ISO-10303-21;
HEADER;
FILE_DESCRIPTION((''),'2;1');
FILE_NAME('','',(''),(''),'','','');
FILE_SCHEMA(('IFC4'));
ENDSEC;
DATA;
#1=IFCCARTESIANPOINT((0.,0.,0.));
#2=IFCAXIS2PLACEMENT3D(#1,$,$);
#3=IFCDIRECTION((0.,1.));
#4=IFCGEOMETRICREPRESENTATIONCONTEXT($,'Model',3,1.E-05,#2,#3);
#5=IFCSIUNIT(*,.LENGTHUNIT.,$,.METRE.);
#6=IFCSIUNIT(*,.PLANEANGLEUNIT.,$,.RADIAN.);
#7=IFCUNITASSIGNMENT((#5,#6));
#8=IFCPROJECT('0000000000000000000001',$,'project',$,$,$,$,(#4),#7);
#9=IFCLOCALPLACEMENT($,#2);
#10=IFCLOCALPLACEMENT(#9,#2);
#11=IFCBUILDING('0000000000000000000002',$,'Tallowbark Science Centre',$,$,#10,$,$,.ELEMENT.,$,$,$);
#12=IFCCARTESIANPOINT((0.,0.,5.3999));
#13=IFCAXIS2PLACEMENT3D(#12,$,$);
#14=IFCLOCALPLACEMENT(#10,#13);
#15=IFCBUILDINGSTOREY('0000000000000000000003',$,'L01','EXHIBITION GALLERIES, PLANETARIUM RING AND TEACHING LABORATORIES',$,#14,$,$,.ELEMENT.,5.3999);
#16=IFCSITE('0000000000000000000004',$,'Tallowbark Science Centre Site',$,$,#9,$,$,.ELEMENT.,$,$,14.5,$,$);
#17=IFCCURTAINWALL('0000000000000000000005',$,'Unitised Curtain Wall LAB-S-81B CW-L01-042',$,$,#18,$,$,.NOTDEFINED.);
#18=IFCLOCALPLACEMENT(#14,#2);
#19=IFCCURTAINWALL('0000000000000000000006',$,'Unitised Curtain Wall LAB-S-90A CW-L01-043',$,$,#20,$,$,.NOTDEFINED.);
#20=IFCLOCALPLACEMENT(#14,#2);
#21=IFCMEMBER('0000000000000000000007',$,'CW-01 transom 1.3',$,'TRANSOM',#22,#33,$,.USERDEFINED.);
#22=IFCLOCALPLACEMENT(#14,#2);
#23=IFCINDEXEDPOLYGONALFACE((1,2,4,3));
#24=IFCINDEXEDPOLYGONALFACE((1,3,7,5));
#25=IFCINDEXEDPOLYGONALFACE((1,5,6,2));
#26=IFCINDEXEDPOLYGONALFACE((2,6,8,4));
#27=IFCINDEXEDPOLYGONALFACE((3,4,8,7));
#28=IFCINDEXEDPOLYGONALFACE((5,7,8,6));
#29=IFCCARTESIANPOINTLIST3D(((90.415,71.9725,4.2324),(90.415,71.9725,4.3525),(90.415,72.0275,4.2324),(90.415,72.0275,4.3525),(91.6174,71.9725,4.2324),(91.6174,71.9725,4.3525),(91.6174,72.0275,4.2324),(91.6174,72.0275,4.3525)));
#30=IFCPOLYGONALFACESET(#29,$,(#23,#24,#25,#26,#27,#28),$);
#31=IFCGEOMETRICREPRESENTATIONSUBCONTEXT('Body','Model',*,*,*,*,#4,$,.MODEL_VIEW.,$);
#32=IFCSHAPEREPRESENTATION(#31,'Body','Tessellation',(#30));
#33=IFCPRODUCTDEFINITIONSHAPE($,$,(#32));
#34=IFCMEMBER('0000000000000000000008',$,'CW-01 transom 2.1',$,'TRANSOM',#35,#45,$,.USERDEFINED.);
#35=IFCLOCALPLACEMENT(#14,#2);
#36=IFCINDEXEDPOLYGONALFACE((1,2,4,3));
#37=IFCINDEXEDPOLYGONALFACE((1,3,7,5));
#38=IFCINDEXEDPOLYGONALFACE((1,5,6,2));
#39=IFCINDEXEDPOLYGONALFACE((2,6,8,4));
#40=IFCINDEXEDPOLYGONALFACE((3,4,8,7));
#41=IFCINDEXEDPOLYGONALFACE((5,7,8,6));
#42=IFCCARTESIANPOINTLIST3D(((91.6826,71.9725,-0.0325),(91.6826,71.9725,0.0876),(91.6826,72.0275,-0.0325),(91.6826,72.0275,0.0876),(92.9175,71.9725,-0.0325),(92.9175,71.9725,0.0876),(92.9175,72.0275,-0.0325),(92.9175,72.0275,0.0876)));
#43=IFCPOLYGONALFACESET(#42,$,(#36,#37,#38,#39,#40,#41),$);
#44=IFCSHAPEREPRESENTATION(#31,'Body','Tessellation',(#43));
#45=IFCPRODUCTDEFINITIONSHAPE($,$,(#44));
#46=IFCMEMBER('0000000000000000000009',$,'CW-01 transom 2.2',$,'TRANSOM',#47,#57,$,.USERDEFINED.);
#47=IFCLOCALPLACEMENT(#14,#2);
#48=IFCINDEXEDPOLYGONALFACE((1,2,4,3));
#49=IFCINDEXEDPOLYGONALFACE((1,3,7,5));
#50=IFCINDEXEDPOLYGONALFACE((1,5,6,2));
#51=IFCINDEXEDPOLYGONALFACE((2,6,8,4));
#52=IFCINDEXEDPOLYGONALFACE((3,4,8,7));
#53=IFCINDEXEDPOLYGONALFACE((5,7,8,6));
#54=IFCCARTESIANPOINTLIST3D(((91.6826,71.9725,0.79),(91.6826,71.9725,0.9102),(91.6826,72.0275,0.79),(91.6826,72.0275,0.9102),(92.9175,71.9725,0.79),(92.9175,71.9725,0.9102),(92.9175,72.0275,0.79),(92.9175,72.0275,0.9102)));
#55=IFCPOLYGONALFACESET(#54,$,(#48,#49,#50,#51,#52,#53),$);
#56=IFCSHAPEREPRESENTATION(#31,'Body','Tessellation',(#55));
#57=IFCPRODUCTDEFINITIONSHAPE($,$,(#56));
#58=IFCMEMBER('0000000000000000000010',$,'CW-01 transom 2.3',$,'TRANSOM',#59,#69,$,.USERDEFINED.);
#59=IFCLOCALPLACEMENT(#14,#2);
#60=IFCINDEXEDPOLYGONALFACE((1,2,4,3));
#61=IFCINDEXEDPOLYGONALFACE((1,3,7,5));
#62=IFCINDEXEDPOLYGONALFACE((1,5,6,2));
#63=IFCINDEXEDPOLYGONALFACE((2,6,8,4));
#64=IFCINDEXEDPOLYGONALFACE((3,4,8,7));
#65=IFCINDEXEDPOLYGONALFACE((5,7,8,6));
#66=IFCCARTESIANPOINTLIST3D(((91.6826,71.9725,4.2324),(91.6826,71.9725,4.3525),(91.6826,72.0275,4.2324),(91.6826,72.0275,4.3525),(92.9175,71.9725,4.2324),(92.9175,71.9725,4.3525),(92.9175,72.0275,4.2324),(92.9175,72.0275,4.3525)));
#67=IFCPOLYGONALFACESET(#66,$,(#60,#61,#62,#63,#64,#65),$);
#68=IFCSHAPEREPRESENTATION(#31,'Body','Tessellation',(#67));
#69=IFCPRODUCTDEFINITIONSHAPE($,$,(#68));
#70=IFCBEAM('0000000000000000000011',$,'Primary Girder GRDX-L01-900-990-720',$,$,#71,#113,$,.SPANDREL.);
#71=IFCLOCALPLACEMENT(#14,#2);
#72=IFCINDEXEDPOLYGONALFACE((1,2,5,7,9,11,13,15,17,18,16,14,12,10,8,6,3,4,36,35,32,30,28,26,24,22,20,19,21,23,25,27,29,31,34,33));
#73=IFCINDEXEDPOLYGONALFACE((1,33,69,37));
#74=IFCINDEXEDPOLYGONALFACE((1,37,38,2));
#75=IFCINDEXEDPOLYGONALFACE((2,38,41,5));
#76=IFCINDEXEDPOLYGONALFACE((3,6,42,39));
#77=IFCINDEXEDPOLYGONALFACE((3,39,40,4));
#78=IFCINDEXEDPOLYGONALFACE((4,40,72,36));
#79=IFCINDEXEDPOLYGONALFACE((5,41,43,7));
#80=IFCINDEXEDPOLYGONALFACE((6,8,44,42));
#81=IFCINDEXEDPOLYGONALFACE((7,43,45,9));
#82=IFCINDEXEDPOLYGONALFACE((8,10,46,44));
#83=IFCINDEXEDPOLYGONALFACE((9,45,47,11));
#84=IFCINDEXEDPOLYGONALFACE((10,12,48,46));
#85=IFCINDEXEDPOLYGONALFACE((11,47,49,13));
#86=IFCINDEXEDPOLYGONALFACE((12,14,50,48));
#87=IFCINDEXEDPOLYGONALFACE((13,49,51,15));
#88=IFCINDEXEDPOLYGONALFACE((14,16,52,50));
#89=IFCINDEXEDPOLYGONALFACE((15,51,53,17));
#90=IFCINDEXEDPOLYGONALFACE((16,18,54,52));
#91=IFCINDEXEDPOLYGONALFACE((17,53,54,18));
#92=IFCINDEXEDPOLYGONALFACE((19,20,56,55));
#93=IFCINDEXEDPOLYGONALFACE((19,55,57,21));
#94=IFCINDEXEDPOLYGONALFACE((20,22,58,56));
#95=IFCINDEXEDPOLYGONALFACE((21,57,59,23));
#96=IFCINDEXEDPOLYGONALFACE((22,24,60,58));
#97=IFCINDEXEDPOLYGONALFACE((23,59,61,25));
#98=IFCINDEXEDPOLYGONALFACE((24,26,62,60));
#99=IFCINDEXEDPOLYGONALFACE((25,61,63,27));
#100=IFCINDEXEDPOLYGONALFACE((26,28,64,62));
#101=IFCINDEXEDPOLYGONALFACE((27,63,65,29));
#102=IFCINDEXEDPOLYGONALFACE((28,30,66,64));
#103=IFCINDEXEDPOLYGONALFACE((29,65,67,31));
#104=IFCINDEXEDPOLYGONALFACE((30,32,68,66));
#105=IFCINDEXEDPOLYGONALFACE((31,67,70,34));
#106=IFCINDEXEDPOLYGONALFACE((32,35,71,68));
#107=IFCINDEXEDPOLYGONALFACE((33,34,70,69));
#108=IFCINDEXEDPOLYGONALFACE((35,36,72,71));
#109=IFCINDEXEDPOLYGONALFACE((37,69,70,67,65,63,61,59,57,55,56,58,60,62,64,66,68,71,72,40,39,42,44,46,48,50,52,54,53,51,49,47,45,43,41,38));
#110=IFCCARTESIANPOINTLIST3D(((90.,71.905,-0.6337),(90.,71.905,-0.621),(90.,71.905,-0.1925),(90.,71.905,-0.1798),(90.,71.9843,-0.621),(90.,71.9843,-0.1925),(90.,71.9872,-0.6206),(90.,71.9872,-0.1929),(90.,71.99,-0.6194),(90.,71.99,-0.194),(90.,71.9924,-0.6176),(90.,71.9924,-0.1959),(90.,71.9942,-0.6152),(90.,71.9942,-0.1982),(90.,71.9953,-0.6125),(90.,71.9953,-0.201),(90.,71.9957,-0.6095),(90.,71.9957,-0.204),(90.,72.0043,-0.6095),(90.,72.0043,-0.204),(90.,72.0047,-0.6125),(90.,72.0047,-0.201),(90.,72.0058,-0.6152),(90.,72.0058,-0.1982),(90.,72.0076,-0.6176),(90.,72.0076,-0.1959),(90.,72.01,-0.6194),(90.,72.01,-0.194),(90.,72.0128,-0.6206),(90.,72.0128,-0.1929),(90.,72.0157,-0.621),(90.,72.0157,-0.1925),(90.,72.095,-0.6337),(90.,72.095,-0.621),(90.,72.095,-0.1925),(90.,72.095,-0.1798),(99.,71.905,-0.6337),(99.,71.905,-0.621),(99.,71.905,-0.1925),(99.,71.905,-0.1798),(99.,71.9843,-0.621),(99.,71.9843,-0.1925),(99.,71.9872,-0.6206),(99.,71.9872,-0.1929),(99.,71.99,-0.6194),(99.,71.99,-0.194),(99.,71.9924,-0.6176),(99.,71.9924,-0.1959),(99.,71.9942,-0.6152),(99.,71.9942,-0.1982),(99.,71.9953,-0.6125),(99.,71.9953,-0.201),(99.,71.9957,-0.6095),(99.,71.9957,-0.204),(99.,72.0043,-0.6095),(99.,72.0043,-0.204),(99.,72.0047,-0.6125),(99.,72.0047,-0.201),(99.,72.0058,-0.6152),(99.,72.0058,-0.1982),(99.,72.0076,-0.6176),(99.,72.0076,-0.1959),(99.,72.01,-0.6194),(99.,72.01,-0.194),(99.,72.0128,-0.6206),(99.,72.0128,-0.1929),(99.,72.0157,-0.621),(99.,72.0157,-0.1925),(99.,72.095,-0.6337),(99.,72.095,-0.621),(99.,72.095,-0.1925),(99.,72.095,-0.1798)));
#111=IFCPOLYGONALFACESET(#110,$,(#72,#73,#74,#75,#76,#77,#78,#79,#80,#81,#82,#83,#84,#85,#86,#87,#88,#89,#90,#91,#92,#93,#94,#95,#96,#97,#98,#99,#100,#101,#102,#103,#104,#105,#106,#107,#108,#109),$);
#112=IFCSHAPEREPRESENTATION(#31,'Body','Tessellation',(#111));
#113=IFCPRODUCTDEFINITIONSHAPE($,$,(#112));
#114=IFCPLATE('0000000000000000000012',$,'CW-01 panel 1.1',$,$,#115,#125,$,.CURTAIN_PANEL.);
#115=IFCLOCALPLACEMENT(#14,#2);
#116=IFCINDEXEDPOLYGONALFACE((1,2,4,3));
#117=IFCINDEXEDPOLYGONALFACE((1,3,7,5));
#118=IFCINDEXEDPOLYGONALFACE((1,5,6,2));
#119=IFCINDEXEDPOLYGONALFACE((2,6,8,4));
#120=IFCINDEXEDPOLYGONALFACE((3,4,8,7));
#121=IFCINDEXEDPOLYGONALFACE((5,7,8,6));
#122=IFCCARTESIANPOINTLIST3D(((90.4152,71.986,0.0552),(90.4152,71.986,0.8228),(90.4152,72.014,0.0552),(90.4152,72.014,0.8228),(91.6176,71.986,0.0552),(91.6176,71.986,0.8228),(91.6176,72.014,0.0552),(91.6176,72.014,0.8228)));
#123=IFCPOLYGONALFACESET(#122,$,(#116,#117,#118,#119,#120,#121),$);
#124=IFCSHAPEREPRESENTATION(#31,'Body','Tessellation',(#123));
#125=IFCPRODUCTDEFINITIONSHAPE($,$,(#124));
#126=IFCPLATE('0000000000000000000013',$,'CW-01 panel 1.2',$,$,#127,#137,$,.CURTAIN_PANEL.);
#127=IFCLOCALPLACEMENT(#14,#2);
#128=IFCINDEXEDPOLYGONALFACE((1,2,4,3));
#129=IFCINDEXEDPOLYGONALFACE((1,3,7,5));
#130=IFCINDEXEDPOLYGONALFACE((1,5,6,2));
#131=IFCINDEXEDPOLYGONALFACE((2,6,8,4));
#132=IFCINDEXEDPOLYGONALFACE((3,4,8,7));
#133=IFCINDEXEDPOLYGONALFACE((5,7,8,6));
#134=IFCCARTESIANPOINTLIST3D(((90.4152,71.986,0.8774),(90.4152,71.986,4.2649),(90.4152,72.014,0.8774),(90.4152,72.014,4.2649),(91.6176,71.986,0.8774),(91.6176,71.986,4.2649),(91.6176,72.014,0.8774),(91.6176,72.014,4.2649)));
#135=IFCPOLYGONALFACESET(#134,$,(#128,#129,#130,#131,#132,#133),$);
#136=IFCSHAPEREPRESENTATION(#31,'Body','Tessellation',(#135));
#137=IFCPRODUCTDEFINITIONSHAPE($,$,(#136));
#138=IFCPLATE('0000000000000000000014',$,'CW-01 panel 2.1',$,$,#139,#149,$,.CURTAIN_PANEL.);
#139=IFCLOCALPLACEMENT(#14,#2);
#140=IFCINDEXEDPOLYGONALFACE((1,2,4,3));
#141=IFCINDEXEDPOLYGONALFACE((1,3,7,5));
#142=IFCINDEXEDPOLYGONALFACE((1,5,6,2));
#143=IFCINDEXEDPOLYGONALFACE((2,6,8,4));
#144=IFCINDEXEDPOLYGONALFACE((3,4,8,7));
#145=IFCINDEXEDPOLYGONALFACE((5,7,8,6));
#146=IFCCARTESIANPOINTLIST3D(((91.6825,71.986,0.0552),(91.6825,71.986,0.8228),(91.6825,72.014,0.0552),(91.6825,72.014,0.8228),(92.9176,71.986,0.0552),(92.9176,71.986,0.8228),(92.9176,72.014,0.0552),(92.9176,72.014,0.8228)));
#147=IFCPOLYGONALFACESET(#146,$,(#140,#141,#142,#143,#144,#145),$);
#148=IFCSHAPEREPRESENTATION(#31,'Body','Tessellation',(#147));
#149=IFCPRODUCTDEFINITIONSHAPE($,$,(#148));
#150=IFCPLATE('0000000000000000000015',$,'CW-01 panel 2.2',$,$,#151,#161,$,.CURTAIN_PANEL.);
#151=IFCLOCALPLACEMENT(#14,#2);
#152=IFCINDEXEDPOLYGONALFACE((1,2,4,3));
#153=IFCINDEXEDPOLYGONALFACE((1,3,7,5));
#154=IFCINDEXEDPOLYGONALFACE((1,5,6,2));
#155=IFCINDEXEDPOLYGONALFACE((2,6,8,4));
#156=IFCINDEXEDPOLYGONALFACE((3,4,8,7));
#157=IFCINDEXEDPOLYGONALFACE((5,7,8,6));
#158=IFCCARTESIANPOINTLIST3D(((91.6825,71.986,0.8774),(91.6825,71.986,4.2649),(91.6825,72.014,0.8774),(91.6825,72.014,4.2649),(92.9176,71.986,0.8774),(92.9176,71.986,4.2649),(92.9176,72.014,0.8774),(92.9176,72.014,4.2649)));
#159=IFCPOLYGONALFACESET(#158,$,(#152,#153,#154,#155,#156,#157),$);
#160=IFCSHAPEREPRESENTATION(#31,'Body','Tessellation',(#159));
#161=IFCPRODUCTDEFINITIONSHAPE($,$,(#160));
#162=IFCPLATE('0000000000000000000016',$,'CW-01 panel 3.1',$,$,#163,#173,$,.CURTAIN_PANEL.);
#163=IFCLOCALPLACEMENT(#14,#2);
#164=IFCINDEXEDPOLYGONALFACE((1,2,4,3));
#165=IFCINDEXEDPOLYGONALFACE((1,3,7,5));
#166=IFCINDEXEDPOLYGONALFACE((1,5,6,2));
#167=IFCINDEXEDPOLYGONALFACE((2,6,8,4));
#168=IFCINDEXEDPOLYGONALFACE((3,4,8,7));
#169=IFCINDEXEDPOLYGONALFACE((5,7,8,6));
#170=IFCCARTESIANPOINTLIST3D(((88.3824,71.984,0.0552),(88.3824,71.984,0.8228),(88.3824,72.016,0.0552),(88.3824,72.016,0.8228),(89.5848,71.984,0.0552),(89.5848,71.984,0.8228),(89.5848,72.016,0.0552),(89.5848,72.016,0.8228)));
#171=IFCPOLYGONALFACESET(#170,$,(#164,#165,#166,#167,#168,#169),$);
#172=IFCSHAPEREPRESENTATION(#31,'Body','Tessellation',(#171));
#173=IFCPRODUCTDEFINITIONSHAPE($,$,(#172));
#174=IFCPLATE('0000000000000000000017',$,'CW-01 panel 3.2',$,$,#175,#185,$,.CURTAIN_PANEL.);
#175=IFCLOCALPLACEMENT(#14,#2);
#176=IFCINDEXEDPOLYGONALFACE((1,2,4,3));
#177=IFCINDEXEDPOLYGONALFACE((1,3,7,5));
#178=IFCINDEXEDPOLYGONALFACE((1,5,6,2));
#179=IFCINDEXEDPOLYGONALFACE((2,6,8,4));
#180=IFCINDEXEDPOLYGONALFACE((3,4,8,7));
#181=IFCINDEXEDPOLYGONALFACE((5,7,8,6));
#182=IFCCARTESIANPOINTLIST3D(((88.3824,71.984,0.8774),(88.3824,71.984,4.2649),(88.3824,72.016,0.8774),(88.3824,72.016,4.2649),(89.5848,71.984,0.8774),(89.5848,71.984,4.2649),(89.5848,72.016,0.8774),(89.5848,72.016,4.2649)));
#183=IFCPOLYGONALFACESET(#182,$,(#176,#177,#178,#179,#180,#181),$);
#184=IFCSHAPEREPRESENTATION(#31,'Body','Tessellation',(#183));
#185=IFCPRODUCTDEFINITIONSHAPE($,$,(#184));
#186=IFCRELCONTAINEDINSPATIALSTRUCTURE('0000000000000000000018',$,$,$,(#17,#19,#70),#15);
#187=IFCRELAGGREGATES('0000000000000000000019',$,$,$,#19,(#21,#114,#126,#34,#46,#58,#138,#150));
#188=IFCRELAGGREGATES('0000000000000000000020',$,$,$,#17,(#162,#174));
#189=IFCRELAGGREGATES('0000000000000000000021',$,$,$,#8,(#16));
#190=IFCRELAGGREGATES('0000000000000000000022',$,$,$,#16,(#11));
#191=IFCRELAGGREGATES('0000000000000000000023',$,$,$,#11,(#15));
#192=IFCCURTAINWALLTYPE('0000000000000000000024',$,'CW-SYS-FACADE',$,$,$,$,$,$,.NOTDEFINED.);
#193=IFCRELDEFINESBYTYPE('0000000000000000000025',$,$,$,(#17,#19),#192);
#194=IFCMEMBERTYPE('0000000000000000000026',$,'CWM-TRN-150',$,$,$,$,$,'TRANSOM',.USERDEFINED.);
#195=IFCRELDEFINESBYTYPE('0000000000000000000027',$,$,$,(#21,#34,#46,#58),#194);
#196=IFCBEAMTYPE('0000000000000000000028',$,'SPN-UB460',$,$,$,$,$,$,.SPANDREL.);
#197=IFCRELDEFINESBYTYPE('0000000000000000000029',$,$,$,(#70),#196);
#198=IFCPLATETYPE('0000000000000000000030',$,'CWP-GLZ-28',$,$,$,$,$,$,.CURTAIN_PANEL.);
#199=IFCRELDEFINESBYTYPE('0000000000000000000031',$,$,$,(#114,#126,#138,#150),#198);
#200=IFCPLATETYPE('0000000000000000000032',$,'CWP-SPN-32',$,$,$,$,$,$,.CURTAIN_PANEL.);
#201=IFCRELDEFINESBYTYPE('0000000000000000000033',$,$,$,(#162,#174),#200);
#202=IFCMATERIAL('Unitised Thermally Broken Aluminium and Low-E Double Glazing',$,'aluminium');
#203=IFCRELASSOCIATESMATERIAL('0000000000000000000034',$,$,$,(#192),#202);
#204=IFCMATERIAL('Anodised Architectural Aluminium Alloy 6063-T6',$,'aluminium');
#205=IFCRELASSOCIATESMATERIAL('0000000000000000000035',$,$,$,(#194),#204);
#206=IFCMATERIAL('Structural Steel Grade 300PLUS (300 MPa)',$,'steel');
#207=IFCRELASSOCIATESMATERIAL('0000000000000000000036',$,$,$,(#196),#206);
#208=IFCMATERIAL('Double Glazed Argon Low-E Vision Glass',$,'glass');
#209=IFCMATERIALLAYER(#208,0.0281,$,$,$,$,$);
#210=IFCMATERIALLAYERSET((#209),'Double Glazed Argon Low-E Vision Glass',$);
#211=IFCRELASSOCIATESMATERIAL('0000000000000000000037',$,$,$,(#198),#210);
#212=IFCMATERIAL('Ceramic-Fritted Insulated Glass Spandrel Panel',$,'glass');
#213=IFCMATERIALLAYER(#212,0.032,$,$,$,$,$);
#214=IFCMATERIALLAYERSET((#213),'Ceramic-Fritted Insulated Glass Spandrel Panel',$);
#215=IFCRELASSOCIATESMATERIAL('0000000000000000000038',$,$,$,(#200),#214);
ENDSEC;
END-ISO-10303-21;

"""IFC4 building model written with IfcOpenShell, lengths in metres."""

from ifc_helpers import new_model, si_unit, direction, frame, origin, origin_2d, place, context, subcontext, project, spatial, rectangle, i_section, extrude, material, layer, layer_set, material_profile, profile_set, type_object, element, aggregate, save


model = new_model("IFC4")

# Units and contexts
model_context = context("Model", 3, precision=1e-05, world=origin(), true_north=direction((0.0, 1.0)))
body_context = subcontext(model_context, "Body", "Model", "MODEL_VIEW")
ifc_project = project(units=[si_unit("LENGTHUNIT", "METRE"), si_unit("PLANEANGLEUNIT", "RADIAN")], contexts=[model_context])

# Site, building, storey
site_placement = place(None, origin())
site = spatial("IfcSite", under=ifc_project, at=site_placement, Name="Tallowbark Science Centre Site", CompositionType="ELEMENT", RefElevation=14.5)
building_placement = place(site_placement, origin())
building = spatial("IfcBuilding", under=site, at=building_placement, Name="Tallowbark Science Centre", CompositionType="ELEMENT")
storey_placement = place(building_placement, frame((0.0, 0.0, 5.3999)))
storey = spatial("IfcBuildingStorey", under=building, at=storey_placement, Name="L01", Description="EXHIBITION GALLERIES, PLANETARIUM RING AND TEACHING LABORATORIES", CompositionType="ELEMENT", Elevation=5.3999)

# Shared definitions
ifc_material_1 = material(Name="Structural Steel Grade 300PLUS (300 MPa)", Category="steel")

# Curtain wall
ifc_material_2 = material(Name="Unitised Thermally Broken Aluminium and Low-E Double Glazing", Category="aluminium")
curtain_wall_type = type_object("IfcCurtainWallType", Name="CW-SYS-FACADE", PredefinedType="NOTDEFINED", material=ifc_material_2)
curtain_wall_1_placement = place(storey_placement, origin())
curtain_wall_1 = element("IfcCurtainWall", 1, at=curtain_wall_1_placement, inside=storey, type_object=curtain_wall_type, Name="Unitised Curtain Wall LAB-S-81B CW-L01-042", PredefinedType="NOTDEFINED")
ifc_material_3 = material(Name="Anodised Architectural Aluminium Alloy 6063-T6", Category="aluminium")

# Curtain wall
curtain_wall_2_placement = place(storey_placement, origin())
curtain_wall_2 = element("IfcCurtainWall", 2, at=curtain_wall_2_placement, inside=storey, type_object=curtain_wall_type, Name="Unitised Curtain Wall LAB-S-90A CW-L01-043", PredefinedType="NOTDEFINED")

# Members
ifc_material_profile_1 = material_profile(ifc_material_3, rectangle(XDim=0.0549, YDim=0.1201, at=origin_2d()), Name="ALU55x120")
ifc_profile_set_1 = profile_set([ifc_material_profile_1], Name="Anodised Architectural Aluminium Alloy 6063-T6")
member_type_1 = type_object("IfcMemberType", Name="CWM-TRN-150", ElementType="TRANSOM", PredefinedType="USERDEFINED", material=ifc_profile_set_1)
member_1_placement = place(storey_placement, frame((90.415, 72.0, 4.2925), z_axis=(1.0, 0.0, 0.0), x_axis=(0.0, 1.0, 0.0)))
member_1 = element("IfcMember", 3, at=member_1_placement, type_object=member_type_1, Name="CW-01 transom 1.3", ObjectType="TRANSOM", PredefinedType="USERDEFINED", context=body_context, shape_type="SweptSolid", body=[
    extrude(rectangle(XDim=0.0549, YDim=0.1201, at=origin_2d()), origin(), (0.0, 0.0, 1.0), 1.2024),
])
member_2_placement = place(storey_placement, frame((91.6826, 72.0, 0.0276), z_axis=(1.0, 0.0, 0.0), x_axis=(0.0, 1.0, 0.0)))
member_2 = element("IfcMember", 4, at=member_2_placement, type_object=member_type_1, Name="CW-01 transom 2.1", ObjectType="TRANSOM", PredefinedType="USERDEFINED", context=body_context, shape_type="SweptSolid", body=[
    extrude(rectangle(XDim=0.0549, YDim=0.1201, at=origin_2d()), origin(), (0.0, 0.0, 1.0), 1.2349),
])
member_3_placement = place(storey_placement, frame((91.6826, 72.0, 0.8501), z_axis=(1.0, 0.0, 0.0), x_axis=(0.0, 1.0, 0.0)))
member_3 = element("IfcMember", 5, at=member_3_placement, type_object=member_type_1, Name="CW-01 transom 2.2", ObjectType="TRANSOM", PredefinedType="USERDEFINED", context=body_context, shape_type="SweptSolid", body=[
    extrude(rectangle(XDim=0.0549, YDim=0.1201, at=origin_2d()), origin(), (0.0, 0.0, 1.0), 1.2349),
])
member_4_placement = place(storey_placement, frame((91.6826, 72.0, 4.2925), z_axis=(1.0, 0.0, 0.0), x_axis=(0.0, 1.0, 0.0)))
member_4 = element("IfcMember", 6, at=member_4_placement, type_object=member_type_1, Name="CW-01 transom 2.3", ObjectType="TRANSOM", PredefinedType="USERDEFINED", context=body_context, shape_type="SweptSolid", body=[
    extrude(rectangle(XDim=0.0549, YDim=0.1201, at=origin_2d()), origin(), (0.0, 0.0, 1.0), 1.2349),
])

# Beam
ifc_material_profile_2 = material_profile(ifc_material_1, i_section(OverallWidth=0.1899, OverallDepth=0.4539, WebThickness=0.0085, FlangeThickness=0.0127, FilletRadius=0.0115, at=origin_2d()), Name="460UB67.1")
ifc_profile_set_2 = profile_set([ifc_material_profile_2], Name="Structural Steel Grade 300PLUS (300 MPa)")
beam_type_1 = type_object("IfcBeamType", Name="SPN-UB460", PredefinedType="SPANDREL", material=ifc_profile_set_2)
beam_1_placement = place(storey_placement, frame((90.0, 72.0, -0.4067), z_axis=(1.0, 0.0, 0.0), x_axis=(0.0, 1.0, 0.0)))
element("IfcBeam", 7, at=beam_1_placement, inside=storey, type_object=beam_type_1, Name="Primary Girder GRDX-L01-900-990-720", PredefinedType="SPANDREL", context=body_context, shape_type="SweptSolid", body=[
    extrude(i_section(OverallWidth=0.1899, OverallDepth=0.4539, WebThickness=0.0085, FlangeThickness=0.0127, FilletRadius=0.0115, at=origin_2d()), origin(), (0.0, 0.0, 1.0), 9.0),
])

# Plates
ifc_material_4 = material(Name="Double Glazed Argon Low-E Vision Glass", Category="glass")
ifc_layer_1 = layer(ifc_material_4, 0.0281)
ifc_layer_set_1 = layer_set([ifc_layer_1], Name="Double Glazed Argon Low-E Vision Glass")
plate_type_1 = type_object("IfcPlateType", Name="CWP-GLZ-28", PredefinedType="CURTAIN_PANEL", material=ifc_layer_set_1)
plate_1_placement = place(storey_placement, frame((91.0164, 72.0, 0.0552), z_axis=(0.0, 0.0, 1.0), x_axis=(1.0, 0.0, 0.0)))
plate_1 = element("IfcPlate", 8, at=plate_1_placement, type_object=plate_type_1, Name="CW-01 panel 1.1", PredefinedType="CURTAIN_PANEL", context=body_context, shape_type="SweptSolid", body=[
    extrude(rectangle(XDim=1.2024, YDim=0.0281, at=origin_2d()), origin(), (0.0, 0.0, 1.0), 0.7676),
])
plate_2_placement = place(storey_placement, frame((91.0164, 72.0, 0.8774), z_axis=(0.0, 0.0, 1.0), x_axis=(1.0, 0.0, 0.0)))
plate_2 = element("IfcPlate", 9, at=plate_2_placement, type_object=plate_type_1, Name="CW-01 panel 1.2", PredefinedType="CURTAIN_PANEL", context=body_context, shape_type="SweptSolid", body=[
    extrude(rectangle(XDim=1.2024, YDim=0.0281, at=origin_2d()), origin(), (0.0, 0.0, 1.0), 3.3875),
])
plate_3_placement = place(storey_placement, frame((92.3, 72.0, 0.0552), z_axis=(0.0, 0.0, 1.0), x_axis=(1.0, 0.0, 0.0)))
plate_3 = element("IfcPlate", 10, at=plate_3_placement, type_object=plate_type_1, Name="CW-01 panel 2.1", PredefinedType="CURTAIN_PANEL", context=body_context, shape_type="SweptSolid", body=[
    extrude(rectangle(XDim=1.2351, YDim=0.0281, at=origin_2d()), origin(), (0.0, 0.0, 1.0), 0.7676),
])
plate_4_placement = place(storey_placement, frame((92.3, 72.0, 0.8774), z_axis=(0.0, 0.0, 1.0), x_axis=(1.0, 0.0, 0.0)))
plate_4 = element("IfcPlate", 11, at=plate_4_placement, type_object=plate_type_1, Name="CW-01 panel 2.2", PredefinedType="CURTAIN_PANEL", context=body_context, shape_type="SweptSolid", body=[
    extrude(rectangle(XDim=1.2351, YDim=0.0281, at=origin_2d()), origin(), (0.0, 0.0, 1.0), 3.3875),
])
aggregate(curtain_wall_2, [member_1, plate_1, plate_2, member_2, member_3, member_4, plate_3, plate_4])
ifc_material_5 = material(Name="Ceramic-Fritted Insulated Glass Spandrel Panel", Category="glass")
ifc_layer_2 = layer(ifc_material_5, 0.032)
ifc_layer_set_2 = layer_set([ifc_layer_2], Name="Ceramic-Fritted Insulated Glass Spandrel Panel")
plate_type_2 = type_object("IfcPlateType", Name="CWP-SPN-32", PredefinedType="CURTAIN_PANEL", material=ifc_layer_set_2)
plate_5_placement = place(storey_placement, frame((88.9836, 72.0, 0.0552), z_axis=(0.0, 0.0, 1.0), x_axis=(1.0, 0.0, 0.0)))
plate_5 = element("IfcPlate", 12, at=plate_5_placement, type_object=plate_type_2, Name="CW-01 panel 3.1", PredefinedType="CURTAIN_PANEL", context=body_context, shape_type="SweptSolid", body=[
    extrude(rectangle(XDim=1.2024, YDim=0.032, at=origin_2d()), origin(), (0.0, 0.0, 1.0), 0.7676),
])
plate_6_placement = place(storey_placement, frame((88.9836, 72.0, 0.8774), z_axis=(0.0, 0.0, 1.0), x_axis=(1.0, 0.0, 0.0)))
plate_6 = element("IfcPlate", 13, at=plate_6_placement, type_object=plate_type_2, Name="CW-01 panel 3.2", PredefinedType="CURTAIN_PANEL", context=body_context, shape_type="SweptSolid", body=[
    extrude(rectangle(XDim=1.2024, YDim=0.032, at=origin_2d()), origin(), (0.0, 0.0, 1.0), 3.3875),
])
aggregate(curtain_wall_1, [plate_5, plate_6])

save(model, "model.ifc")
